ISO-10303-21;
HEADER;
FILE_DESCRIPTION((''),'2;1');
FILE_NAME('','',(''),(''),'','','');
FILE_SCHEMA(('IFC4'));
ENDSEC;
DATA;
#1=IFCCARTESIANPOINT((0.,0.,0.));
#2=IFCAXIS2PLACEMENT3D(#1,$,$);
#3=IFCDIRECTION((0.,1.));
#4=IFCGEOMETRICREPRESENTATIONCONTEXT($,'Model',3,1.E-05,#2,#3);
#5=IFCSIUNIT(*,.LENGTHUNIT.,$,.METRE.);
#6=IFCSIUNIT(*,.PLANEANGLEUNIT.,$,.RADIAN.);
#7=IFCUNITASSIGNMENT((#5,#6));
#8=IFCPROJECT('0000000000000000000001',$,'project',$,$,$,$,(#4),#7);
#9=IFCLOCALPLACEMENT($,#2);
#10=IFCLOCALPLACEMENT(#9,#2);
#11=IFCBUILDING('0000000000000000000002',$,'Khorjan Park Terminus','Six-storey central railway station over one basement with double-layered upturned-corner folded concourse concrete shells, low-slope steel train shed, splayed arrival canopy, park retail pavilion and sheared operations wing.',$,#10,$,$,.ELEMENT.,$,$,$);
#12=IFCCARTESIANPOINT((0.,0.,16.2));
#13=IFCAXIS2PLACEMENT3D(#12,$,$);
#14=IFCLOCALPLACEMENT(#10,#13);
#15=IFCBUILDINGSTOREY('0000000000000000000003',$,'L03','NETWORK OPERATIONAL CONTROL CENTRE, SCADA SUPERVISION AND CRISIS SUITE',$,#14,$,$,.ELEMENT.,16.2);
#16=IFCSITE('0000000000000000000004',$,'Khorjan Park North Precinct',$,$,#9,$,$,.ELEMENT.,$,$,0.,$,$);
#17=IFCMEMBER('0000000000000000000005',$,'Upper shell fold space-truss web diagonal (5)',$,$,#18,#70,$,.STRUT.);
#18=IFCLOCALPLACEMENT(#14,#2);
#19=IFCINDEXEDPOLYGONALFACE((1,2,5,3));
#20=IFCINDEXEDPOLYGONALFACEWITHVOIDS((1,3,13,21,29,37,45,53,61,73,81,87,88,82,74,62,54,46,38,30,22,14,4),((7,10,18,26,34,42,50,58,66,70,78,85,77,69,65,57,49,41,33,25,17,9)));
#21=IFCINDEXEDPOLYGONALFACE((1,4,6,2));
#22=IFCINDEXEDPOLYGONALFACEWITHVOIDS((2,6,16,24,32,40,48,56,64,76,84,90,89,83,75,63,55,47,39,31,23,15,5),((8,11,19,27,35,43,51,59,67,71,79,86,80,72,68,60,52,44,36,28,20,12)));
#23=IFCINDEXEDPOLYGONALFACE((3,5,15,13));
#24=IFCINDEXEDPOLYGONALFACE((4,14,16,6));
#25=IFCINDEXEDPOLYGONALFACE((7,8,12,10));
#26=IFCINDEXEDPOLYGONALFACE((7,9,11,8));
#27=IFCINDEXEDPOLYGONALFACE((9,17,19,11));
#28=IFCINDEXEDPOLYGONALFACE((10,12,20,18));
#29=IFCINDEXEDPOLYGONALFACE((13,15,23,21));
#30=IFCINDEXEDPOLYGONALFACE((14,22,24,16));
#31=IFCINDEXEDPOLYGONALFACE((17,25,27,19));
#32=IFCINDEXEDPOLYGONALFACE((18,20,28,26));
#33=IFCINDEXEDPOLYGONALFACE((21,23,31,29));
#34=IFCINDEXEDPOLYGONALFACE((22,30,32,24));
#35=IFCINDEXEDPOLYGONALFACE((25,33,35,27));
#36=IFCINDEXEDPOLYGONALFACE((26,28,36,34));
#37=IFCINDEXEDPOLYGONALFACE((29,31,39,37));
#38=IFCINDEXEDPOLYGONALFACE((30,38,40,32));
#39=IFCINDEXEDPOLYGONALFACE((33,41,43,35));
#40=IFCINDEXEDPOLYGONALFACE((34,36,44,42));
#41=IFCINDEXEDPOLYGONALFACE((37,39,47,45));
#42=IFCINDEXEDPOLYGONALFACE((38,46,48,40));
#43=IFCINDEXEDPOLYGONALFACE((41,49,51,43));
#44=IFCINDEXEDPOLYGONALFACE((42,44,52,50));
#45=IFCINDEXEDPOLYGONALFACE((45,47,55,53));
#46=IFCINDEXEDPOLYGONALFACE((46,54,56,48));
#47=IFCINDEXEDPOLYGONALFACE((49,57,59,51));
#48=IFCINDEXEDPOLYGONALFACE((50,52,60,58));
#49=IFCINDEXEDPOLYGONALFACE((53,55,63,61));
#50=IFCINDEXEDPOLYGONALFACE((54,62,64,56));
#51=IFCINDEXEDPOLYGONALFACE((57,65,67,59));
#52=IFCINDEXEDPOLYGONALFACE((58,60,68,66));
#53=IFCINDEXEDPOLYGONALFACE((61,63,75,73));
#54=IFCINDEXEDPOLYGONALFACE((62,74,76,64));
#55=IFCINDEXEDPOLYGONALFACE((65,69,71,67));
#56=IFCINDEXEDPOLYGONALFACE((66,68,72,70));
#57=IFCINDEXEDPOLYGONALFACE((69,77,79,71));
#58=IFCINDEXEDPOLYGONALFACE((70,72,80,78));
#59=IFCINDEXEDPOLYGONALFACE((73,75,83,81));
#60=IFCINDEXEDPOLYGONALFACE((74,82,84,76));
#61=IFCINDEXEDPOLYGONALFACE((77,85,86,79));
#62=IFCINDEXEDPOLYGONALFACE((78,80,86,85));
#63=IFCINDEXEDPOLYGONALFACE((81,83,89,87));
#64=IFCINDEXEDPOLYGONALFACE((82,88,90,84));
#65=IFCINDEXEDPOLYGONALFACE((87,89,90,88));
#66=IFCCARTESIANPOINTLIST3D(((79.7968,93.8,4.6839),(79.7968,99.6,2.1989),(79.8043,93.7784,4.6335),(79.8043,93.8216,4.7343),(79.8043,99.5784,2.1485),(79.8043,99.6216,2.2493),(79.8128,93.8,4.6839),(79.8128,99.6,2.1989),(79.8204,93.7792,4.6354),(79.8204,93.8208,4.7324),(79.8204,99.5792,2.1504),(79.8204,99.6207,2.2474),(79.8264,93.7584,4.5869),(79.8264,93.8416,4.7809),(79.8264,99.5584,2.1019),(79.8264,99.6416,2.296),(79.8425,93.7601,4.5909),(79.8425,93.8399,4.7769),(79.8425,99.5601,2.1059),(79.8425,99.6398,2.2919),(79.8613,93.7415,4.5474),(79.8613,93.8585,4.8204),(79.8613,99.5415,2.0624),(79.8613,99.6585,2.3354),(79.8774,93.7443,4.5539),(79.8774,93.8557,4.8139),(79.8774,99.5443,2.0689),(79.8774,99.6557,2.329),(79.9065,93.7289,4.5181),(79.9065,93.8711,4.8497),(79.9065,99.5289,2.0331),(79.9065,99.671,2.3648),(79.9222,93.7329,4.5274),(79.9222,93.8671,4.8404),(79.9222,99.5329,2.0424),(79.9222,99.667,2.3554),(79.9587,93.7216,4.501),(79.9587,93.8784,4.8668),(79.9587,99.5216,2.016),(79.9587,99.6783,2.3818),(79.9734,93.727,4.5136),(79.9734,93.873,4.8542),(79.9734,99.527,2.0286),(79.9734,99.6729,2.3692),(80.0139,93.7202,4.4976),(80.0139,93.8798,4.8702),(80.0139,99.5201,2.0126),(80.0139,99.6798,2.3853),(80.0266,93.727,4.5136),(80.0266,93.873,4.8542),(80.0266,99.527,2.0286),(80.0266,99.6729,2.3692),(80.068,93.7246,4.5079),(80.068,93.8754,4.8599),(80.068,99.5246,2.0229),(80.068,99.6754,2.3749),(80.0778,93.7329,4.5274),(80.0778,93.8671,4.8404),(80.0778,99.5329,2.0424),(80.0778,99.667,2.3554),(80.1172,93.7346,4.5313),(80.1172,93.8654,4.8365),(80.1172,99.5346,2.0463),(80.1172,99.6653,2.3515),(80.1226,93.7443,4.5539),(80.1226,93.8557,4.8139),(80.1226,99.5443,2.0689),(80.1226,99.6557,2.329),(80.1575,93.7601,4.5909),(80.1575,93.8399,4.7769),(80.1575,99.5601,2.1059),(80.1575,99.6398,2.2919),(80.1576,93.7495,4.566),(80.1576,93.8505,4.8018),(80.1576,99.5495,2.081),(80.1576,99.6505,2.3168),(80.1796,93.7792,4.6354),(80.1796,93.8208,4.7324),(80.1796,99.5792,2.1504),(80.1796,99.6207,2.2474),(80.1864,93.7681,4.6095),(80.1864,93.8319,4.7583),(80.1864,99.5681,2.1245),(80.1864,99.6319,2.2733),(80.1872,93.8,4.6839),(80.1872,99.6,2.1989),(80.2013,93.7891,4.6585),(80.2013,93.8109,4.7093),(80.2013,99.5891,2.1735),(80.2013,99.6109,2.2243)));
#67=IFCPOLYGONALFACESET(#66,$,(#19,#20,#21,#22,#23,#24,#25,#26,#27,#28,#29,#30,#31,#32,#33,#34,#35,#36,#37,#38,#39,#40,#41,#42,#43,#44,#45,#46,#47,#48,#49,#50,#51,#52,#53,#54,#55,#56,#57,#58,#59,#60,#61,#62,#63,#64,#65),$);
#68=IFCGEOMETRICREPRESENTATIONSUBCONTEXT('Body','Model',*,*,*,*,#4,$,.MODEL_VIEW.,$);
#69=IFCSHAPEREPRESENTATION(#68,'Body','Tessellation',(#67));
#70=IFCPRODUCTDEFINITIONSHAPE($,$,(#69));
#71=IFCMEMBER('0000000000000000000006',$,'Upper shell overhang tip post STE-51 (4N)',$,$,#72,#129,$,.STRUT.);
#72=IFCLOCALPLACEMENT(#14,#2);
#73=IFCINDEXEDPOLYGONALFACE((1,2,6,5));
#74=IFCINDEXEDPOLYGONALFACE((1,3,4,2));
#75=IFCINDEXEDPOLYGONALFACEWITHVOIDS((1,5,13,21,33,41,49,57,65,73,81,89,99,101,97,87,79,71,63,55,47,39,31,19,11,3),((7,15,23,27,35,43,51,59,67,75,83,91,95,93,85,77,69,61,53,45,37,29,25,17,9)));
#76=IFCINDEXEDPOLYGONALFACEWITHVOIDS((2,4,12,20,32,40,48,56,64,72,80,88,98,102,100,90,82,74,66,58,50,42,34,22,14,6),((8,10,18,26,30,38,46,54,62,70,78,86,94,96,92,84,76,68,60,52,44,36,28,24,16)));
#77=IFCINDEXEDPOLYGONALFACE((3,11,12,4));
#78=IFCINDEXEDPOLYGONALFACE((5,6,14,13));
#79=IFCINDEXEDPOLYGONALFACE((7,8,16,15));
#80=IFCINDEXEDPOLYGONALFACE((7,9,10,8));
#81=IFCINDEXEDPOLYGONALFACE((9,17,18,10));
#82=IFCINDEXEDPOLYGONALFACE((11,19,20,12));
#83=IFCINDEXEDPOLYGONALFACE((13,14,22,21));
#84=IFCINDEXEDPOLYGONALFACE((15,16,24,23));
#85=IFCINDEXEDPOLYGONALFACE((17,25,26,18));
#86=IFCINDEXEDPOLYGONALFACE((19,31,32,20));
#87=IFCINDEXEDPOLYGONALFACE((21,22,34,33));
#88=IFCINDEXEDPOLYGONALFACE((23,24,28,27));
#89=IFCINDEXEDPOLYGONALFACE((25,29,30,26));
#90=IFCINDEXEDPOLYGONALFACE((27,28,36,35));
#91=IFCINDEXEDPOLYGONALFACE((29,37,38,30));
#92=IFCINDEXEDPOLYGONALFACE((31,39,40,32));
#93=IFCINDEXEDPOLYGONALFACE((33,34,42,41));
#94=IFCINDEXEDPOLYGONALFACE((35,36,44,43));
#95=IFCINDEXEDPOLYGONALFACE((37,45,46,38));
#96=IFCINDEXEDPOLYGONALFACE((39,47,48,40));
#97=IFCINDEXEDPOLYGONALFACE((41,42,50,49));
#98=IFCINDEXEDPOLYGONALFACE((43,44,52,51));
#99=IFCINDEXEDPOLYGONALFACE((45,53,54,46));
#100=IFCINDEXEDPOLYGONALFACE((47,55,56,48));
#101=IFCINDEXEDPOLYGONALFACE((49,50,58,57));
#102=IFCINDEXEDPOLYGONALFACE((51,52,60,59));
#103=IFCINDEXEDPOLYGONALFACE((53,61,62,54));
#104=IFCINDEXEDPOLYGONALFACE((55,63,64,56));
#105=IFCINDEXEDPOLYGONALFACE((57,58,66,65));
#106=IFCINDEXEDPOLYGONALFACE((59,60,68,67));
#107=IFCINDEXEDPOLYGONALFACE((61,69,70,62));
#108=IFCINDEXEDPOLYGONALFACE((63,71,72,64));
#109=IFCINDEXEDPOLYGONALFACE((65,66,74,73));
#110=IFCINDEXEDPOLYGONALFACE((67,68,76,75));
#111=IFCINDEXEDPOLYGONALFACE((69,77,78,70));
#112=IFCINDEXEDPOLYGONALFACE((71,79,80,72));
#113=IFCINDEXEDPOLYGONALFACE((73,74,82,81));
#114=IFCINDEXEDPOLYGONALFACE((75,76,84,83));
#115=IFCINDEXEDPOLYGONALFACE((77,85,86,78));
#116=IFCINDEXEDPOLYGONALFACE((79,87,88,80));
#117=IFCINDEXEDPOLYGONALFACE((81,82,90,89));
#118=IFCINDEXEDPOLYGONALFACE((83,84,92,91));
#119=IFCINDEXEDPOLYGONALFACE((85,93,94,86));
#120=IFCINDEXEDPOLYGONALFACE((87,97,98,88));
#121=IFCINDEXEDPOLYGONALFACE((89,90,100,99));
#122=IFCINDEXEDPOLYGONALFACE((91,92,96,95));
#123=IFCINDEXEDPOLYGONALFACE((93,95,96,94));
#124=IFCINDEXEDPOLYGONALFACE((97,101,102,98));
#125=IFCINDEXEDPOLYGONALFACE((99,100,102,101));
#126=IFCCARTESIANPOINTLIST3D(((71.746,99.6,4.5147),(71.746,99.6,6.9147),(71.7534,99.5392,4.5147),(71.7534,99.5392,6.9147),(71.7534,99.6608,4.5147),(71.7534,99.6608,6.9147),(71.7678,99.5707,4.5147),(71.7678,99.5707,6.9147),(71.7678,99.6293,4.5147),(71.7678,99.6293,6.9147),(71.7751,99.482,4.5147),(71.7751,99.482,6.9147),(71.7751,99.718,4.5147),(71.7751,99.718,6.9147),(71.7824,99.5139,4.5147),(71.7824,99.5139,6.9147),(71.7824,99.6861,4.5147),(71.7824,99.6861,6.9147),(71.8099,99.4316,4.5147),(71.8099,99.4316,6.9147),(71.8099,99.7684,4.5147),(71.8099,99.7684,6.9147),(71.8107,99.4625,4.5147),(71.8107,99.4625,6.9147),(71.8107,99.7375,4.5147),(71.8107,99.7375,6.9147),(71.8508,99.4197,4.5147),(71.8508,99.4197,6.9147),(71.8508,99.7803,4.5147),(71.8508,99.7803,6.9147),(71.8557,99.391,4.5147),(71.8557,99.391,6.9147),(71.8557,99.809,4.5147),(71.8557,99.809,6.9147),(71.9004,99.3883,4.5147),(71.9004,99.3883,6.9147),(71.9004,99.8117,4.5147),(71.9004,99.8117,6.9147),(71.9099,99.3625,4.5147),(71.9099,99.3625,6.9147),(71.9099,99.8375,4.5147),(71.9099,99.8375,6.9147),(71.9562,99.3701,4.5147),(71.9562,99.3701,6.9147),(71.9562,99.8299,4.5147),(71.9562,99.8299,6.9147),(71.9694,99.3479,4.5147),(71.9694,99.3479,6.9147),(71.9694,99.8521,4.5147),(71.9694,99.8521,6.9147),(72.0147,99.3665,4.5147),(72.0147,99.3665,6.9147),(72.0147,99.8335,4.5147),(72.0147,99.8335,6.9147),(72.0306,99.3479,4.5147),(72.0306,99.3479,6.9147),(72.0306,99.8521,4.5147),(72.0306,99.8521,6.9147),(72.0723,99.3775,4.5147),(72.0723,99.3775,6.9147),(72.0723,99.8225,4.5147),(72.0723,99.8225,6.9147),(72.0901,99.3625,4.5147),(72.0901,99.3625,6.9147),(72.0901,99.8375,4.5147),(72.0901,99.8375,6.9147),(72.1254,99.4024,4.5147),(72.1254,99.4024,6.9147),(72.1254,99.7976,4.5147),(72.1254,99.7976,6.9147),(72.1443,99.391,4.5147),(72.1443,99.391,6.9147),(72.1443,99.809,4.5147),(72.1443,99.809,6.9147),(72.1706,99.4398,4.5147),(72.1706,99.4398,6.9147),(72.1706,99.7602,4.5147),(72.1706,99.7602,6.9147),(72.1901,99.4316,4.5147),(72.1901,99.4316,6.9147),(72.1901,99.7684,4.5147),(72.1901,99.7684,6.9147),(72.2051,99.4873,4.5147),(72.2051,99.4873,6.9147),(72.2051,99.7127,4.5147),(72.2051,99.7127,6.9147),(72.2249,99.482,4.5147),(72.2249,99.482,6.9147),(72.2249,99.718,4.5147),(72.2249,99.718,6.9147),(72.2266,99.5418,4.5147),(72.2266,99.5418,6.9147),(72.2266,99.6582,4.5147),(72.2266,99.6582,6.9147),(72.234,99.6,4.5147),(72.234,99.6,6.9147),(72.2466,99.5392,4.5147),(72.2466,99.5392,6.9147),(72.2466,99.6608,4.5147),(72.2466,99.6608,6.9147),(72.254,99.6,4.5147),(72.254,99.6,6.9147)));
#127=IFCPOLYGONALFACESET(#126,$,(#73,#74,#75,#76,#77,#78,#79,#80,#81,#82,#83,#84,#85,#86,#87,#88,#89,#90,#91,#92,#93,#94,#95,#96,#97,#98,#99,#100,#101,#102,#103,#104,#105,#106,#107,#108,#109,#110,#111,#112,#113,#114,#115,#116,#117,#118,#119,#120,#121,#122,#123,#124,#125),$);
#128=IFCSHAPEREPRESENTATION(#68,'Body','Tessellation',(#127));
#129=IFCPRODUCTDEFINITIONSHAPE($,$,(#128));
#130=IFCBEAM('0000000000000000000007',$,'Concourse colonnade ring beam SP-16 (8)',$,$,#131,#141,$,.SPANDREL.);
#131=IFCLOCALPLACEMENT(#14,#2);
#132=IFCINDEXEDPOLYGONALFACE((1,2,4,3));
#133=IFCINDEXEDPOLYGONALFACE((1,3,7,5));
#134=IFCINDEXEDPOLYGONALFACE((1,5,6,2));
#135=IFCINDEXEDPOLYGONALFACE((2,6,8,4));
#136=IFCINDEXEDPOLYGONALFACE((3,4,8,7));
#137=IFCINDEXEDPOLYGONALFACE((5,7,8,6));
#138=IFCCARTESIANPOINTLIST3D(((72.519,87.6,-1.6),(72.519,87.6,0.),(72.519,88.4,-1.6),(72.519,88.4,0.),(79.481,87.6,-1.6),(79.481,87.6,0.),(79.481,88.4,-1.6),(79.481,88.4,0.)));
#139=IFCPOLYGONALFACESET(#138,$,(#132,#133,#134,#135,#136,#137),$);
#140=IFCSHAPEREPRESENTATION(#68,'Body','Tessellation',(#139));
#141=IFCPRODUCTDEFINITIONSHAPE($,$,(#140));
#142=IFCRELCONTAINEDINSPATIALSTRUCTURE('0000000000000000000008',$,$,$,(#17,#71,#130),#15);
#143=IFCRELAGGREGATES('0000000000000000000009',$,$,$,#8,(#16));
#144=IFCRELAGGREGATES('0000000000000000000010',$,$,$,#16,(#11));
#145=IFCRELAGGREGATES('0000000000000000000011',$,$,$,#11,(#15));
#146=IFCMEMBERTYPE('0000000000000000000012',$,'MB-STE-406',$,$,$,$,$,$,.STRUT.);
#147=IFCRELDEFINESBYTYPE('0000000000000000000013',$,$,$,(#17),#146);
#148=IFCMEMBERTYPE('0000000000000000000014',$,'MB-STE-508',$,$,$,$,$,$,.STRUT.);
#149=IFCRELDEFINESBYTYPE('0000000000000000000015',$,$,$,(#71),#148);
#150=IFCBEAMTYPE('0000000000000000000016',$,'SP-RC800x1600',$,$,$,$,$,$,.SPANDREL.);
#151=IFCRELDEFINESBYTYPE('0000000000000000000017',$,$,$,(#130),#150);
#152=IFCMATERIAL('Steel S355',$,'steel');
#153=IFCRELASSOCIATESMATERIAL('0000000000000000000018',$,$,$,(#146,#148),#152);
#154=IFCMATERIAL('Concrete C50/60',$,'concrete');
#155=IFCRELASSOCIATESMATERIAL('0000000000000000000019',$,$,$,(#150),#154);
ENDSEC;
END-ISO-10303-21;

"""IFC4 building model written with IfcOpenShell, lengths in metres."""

from ifc_helpers import new_model, si_unit, direction, frame, origin, origin_2d, place, context, subcontext, project, spatial, rectangle, hollow_circle, extrude, material, material_profile, profile_set, type_object, element, save


model = new_model("IFC4")

# Units and contexts
model_context = context("Model", 3, precision=1e-05, world=origin(), true_north=direction((0.0, 1.0)))
body_context = subcontext(model_context, "Body", "Model", "MODEL_VIEW")
ifc_project = project(units=[si_unit("LENGTHUNIT", "METRE"), si_unit("PLANEANGLEUNIT", "RADIAN")], contexts=[model_context])

# Site, building, storey
site_placement = place(None, origin())
site = spatial("IfcSite", under=ifc_project, at=site_placement, Name="Khorjan Park North Precinct", CompositionType="ELEMENT", RefElevation=0.0)
building_placement = place(site_placement, origin())
building = spatial("IfcBuilding", under=site, at=building_placement, Name="Khorjan Park Terminus", Description="Six-storey central railway station over one basement with double-layered upturned-corner folded concourse concrete shells, low-slope steel train shed, splayed arrival canopy, park retail pavilion and sheared operations wing.", CompositionType="ELEMENT")
storey_placement = place(building_placement, frame((0.0, 0.0, 16.2)))
storey = spatial("IfcBuildingStorey", under=building, at=storey_placement, Name="L03", Description="NETWORK OPERATIONAL CONTROL CENTRE, SCADA SUPERVISION AND CRISIS SUITE", CompositionType="ELEMENT", Elevation=16.2)

# Shared definitions
ifc_material_1 = material(Name="Concrete C50/60", Category="concrete")

# Members
ifc_material_2 = material(Name="Steel S355", Category="steel")
ifc_material_profile_1 = material_profile(ifc_material_2, hollow_circle(Radius=0.2032, WallThickness=0.016, at=origin_2d()), Name="CHS 406.4x16")
ifc_profile_set_1 = profile_set([ifc_material_profile_1], Name="Steel S355")
member_type_1 = type_object("IfcMemberType", Name="MB-STE-406", PredefinedType="STRUT", material=ifc_profile_set_1)
member_1_placement = place(storey_placement, frame((80.0, 93.8, 4.6839), z_axis=(0.0, 0.919186, -0.393824), x_axis=(-1.0, 0.0, 0.0)))
element("IfcMember", 1, at=member_1_placement, inside=storey, type_object=member_type_1, Name="Upper shell fold space-truss web diagonal (5)", PredefinedType="STRUT", context=body_context, shape_type="SweptSolid", body=[
    extrude(hollow_circle(Radius=0.2032, WallThickness=0.016, at=origin_2d()), origin(), (0.0, 0.0, 1.0), 6.3099),
])
ifc_material_profile_2 = material_profile(ifc_material_2, hollow_circle(Radius=0.254, WallThickness=0.02, at=origin_2d()), Name="CHS 508x20")
ifc_profile_set_2 = profile_set([ifc_material_profile_2], Name="Steel S355")
member_type_2 = type_object("IfcMemberType", Name="MB-STE-508", PredefinedType="STRUT", material=ifc_profile_set_2)
member_2_placement = place(storey_placement, frame((72.0, 99.6, 4.5147), z_axis=(0.0, 0.0, 1.0), x_axis=(1.0, 0.0, 0.0)))
element("IfcMember", 2, at=member_2_placement, inside=storey, type_object=member_type_2, Name="Upper shell overhang tip post STE-51 (4N)", PredefinedType="STRUT", context=body_context, shape_type="SweptSolid", body=[
    extrude(hollow_circle(Radius=0.254, WallThickness=0.02, at=origin_2d()), origin(), (0.0, 0.0, 1.0), 2.4),
])

# Beam
ifc_material_profile_3 = material_profile(ifc_material_1, rectangle(XDim=0.8, YDim=1.6, at=origin_2d()), Name="RC 800x1600")
ifc_profile_set_3 = profile_set([ifc_material_profile_3], Name="Concrete C50/60")
beam_type_1 = type_object("IfcBeamType", Name="SP-RC800x1600", PredefinedType="SPANDREL", material=ifc_profile_set_3)
beam_1_placement = place(storey_placement, frame((72.519, 88.0, -0.8), z_axis=(1.0, 0.0, 0.0), x_axis=(0.0, 1.0, 0.0)))
element("IfcBeam", 3, at=beam_1_placement, inside=storey, type_object=beam_type_1, Name="Concourse colonnade ring beam SP-16 (8)", PredefinedType="SPANDREL", context=body_context, shape_type="SweptSolid", body=[
    extrude(rectangle(XDim=0.8, YDim=1.6, at=origin_2d()), origin(), (0.0, 0.0, 1.0), 6.962),
])

save(model, "model.ifc")
